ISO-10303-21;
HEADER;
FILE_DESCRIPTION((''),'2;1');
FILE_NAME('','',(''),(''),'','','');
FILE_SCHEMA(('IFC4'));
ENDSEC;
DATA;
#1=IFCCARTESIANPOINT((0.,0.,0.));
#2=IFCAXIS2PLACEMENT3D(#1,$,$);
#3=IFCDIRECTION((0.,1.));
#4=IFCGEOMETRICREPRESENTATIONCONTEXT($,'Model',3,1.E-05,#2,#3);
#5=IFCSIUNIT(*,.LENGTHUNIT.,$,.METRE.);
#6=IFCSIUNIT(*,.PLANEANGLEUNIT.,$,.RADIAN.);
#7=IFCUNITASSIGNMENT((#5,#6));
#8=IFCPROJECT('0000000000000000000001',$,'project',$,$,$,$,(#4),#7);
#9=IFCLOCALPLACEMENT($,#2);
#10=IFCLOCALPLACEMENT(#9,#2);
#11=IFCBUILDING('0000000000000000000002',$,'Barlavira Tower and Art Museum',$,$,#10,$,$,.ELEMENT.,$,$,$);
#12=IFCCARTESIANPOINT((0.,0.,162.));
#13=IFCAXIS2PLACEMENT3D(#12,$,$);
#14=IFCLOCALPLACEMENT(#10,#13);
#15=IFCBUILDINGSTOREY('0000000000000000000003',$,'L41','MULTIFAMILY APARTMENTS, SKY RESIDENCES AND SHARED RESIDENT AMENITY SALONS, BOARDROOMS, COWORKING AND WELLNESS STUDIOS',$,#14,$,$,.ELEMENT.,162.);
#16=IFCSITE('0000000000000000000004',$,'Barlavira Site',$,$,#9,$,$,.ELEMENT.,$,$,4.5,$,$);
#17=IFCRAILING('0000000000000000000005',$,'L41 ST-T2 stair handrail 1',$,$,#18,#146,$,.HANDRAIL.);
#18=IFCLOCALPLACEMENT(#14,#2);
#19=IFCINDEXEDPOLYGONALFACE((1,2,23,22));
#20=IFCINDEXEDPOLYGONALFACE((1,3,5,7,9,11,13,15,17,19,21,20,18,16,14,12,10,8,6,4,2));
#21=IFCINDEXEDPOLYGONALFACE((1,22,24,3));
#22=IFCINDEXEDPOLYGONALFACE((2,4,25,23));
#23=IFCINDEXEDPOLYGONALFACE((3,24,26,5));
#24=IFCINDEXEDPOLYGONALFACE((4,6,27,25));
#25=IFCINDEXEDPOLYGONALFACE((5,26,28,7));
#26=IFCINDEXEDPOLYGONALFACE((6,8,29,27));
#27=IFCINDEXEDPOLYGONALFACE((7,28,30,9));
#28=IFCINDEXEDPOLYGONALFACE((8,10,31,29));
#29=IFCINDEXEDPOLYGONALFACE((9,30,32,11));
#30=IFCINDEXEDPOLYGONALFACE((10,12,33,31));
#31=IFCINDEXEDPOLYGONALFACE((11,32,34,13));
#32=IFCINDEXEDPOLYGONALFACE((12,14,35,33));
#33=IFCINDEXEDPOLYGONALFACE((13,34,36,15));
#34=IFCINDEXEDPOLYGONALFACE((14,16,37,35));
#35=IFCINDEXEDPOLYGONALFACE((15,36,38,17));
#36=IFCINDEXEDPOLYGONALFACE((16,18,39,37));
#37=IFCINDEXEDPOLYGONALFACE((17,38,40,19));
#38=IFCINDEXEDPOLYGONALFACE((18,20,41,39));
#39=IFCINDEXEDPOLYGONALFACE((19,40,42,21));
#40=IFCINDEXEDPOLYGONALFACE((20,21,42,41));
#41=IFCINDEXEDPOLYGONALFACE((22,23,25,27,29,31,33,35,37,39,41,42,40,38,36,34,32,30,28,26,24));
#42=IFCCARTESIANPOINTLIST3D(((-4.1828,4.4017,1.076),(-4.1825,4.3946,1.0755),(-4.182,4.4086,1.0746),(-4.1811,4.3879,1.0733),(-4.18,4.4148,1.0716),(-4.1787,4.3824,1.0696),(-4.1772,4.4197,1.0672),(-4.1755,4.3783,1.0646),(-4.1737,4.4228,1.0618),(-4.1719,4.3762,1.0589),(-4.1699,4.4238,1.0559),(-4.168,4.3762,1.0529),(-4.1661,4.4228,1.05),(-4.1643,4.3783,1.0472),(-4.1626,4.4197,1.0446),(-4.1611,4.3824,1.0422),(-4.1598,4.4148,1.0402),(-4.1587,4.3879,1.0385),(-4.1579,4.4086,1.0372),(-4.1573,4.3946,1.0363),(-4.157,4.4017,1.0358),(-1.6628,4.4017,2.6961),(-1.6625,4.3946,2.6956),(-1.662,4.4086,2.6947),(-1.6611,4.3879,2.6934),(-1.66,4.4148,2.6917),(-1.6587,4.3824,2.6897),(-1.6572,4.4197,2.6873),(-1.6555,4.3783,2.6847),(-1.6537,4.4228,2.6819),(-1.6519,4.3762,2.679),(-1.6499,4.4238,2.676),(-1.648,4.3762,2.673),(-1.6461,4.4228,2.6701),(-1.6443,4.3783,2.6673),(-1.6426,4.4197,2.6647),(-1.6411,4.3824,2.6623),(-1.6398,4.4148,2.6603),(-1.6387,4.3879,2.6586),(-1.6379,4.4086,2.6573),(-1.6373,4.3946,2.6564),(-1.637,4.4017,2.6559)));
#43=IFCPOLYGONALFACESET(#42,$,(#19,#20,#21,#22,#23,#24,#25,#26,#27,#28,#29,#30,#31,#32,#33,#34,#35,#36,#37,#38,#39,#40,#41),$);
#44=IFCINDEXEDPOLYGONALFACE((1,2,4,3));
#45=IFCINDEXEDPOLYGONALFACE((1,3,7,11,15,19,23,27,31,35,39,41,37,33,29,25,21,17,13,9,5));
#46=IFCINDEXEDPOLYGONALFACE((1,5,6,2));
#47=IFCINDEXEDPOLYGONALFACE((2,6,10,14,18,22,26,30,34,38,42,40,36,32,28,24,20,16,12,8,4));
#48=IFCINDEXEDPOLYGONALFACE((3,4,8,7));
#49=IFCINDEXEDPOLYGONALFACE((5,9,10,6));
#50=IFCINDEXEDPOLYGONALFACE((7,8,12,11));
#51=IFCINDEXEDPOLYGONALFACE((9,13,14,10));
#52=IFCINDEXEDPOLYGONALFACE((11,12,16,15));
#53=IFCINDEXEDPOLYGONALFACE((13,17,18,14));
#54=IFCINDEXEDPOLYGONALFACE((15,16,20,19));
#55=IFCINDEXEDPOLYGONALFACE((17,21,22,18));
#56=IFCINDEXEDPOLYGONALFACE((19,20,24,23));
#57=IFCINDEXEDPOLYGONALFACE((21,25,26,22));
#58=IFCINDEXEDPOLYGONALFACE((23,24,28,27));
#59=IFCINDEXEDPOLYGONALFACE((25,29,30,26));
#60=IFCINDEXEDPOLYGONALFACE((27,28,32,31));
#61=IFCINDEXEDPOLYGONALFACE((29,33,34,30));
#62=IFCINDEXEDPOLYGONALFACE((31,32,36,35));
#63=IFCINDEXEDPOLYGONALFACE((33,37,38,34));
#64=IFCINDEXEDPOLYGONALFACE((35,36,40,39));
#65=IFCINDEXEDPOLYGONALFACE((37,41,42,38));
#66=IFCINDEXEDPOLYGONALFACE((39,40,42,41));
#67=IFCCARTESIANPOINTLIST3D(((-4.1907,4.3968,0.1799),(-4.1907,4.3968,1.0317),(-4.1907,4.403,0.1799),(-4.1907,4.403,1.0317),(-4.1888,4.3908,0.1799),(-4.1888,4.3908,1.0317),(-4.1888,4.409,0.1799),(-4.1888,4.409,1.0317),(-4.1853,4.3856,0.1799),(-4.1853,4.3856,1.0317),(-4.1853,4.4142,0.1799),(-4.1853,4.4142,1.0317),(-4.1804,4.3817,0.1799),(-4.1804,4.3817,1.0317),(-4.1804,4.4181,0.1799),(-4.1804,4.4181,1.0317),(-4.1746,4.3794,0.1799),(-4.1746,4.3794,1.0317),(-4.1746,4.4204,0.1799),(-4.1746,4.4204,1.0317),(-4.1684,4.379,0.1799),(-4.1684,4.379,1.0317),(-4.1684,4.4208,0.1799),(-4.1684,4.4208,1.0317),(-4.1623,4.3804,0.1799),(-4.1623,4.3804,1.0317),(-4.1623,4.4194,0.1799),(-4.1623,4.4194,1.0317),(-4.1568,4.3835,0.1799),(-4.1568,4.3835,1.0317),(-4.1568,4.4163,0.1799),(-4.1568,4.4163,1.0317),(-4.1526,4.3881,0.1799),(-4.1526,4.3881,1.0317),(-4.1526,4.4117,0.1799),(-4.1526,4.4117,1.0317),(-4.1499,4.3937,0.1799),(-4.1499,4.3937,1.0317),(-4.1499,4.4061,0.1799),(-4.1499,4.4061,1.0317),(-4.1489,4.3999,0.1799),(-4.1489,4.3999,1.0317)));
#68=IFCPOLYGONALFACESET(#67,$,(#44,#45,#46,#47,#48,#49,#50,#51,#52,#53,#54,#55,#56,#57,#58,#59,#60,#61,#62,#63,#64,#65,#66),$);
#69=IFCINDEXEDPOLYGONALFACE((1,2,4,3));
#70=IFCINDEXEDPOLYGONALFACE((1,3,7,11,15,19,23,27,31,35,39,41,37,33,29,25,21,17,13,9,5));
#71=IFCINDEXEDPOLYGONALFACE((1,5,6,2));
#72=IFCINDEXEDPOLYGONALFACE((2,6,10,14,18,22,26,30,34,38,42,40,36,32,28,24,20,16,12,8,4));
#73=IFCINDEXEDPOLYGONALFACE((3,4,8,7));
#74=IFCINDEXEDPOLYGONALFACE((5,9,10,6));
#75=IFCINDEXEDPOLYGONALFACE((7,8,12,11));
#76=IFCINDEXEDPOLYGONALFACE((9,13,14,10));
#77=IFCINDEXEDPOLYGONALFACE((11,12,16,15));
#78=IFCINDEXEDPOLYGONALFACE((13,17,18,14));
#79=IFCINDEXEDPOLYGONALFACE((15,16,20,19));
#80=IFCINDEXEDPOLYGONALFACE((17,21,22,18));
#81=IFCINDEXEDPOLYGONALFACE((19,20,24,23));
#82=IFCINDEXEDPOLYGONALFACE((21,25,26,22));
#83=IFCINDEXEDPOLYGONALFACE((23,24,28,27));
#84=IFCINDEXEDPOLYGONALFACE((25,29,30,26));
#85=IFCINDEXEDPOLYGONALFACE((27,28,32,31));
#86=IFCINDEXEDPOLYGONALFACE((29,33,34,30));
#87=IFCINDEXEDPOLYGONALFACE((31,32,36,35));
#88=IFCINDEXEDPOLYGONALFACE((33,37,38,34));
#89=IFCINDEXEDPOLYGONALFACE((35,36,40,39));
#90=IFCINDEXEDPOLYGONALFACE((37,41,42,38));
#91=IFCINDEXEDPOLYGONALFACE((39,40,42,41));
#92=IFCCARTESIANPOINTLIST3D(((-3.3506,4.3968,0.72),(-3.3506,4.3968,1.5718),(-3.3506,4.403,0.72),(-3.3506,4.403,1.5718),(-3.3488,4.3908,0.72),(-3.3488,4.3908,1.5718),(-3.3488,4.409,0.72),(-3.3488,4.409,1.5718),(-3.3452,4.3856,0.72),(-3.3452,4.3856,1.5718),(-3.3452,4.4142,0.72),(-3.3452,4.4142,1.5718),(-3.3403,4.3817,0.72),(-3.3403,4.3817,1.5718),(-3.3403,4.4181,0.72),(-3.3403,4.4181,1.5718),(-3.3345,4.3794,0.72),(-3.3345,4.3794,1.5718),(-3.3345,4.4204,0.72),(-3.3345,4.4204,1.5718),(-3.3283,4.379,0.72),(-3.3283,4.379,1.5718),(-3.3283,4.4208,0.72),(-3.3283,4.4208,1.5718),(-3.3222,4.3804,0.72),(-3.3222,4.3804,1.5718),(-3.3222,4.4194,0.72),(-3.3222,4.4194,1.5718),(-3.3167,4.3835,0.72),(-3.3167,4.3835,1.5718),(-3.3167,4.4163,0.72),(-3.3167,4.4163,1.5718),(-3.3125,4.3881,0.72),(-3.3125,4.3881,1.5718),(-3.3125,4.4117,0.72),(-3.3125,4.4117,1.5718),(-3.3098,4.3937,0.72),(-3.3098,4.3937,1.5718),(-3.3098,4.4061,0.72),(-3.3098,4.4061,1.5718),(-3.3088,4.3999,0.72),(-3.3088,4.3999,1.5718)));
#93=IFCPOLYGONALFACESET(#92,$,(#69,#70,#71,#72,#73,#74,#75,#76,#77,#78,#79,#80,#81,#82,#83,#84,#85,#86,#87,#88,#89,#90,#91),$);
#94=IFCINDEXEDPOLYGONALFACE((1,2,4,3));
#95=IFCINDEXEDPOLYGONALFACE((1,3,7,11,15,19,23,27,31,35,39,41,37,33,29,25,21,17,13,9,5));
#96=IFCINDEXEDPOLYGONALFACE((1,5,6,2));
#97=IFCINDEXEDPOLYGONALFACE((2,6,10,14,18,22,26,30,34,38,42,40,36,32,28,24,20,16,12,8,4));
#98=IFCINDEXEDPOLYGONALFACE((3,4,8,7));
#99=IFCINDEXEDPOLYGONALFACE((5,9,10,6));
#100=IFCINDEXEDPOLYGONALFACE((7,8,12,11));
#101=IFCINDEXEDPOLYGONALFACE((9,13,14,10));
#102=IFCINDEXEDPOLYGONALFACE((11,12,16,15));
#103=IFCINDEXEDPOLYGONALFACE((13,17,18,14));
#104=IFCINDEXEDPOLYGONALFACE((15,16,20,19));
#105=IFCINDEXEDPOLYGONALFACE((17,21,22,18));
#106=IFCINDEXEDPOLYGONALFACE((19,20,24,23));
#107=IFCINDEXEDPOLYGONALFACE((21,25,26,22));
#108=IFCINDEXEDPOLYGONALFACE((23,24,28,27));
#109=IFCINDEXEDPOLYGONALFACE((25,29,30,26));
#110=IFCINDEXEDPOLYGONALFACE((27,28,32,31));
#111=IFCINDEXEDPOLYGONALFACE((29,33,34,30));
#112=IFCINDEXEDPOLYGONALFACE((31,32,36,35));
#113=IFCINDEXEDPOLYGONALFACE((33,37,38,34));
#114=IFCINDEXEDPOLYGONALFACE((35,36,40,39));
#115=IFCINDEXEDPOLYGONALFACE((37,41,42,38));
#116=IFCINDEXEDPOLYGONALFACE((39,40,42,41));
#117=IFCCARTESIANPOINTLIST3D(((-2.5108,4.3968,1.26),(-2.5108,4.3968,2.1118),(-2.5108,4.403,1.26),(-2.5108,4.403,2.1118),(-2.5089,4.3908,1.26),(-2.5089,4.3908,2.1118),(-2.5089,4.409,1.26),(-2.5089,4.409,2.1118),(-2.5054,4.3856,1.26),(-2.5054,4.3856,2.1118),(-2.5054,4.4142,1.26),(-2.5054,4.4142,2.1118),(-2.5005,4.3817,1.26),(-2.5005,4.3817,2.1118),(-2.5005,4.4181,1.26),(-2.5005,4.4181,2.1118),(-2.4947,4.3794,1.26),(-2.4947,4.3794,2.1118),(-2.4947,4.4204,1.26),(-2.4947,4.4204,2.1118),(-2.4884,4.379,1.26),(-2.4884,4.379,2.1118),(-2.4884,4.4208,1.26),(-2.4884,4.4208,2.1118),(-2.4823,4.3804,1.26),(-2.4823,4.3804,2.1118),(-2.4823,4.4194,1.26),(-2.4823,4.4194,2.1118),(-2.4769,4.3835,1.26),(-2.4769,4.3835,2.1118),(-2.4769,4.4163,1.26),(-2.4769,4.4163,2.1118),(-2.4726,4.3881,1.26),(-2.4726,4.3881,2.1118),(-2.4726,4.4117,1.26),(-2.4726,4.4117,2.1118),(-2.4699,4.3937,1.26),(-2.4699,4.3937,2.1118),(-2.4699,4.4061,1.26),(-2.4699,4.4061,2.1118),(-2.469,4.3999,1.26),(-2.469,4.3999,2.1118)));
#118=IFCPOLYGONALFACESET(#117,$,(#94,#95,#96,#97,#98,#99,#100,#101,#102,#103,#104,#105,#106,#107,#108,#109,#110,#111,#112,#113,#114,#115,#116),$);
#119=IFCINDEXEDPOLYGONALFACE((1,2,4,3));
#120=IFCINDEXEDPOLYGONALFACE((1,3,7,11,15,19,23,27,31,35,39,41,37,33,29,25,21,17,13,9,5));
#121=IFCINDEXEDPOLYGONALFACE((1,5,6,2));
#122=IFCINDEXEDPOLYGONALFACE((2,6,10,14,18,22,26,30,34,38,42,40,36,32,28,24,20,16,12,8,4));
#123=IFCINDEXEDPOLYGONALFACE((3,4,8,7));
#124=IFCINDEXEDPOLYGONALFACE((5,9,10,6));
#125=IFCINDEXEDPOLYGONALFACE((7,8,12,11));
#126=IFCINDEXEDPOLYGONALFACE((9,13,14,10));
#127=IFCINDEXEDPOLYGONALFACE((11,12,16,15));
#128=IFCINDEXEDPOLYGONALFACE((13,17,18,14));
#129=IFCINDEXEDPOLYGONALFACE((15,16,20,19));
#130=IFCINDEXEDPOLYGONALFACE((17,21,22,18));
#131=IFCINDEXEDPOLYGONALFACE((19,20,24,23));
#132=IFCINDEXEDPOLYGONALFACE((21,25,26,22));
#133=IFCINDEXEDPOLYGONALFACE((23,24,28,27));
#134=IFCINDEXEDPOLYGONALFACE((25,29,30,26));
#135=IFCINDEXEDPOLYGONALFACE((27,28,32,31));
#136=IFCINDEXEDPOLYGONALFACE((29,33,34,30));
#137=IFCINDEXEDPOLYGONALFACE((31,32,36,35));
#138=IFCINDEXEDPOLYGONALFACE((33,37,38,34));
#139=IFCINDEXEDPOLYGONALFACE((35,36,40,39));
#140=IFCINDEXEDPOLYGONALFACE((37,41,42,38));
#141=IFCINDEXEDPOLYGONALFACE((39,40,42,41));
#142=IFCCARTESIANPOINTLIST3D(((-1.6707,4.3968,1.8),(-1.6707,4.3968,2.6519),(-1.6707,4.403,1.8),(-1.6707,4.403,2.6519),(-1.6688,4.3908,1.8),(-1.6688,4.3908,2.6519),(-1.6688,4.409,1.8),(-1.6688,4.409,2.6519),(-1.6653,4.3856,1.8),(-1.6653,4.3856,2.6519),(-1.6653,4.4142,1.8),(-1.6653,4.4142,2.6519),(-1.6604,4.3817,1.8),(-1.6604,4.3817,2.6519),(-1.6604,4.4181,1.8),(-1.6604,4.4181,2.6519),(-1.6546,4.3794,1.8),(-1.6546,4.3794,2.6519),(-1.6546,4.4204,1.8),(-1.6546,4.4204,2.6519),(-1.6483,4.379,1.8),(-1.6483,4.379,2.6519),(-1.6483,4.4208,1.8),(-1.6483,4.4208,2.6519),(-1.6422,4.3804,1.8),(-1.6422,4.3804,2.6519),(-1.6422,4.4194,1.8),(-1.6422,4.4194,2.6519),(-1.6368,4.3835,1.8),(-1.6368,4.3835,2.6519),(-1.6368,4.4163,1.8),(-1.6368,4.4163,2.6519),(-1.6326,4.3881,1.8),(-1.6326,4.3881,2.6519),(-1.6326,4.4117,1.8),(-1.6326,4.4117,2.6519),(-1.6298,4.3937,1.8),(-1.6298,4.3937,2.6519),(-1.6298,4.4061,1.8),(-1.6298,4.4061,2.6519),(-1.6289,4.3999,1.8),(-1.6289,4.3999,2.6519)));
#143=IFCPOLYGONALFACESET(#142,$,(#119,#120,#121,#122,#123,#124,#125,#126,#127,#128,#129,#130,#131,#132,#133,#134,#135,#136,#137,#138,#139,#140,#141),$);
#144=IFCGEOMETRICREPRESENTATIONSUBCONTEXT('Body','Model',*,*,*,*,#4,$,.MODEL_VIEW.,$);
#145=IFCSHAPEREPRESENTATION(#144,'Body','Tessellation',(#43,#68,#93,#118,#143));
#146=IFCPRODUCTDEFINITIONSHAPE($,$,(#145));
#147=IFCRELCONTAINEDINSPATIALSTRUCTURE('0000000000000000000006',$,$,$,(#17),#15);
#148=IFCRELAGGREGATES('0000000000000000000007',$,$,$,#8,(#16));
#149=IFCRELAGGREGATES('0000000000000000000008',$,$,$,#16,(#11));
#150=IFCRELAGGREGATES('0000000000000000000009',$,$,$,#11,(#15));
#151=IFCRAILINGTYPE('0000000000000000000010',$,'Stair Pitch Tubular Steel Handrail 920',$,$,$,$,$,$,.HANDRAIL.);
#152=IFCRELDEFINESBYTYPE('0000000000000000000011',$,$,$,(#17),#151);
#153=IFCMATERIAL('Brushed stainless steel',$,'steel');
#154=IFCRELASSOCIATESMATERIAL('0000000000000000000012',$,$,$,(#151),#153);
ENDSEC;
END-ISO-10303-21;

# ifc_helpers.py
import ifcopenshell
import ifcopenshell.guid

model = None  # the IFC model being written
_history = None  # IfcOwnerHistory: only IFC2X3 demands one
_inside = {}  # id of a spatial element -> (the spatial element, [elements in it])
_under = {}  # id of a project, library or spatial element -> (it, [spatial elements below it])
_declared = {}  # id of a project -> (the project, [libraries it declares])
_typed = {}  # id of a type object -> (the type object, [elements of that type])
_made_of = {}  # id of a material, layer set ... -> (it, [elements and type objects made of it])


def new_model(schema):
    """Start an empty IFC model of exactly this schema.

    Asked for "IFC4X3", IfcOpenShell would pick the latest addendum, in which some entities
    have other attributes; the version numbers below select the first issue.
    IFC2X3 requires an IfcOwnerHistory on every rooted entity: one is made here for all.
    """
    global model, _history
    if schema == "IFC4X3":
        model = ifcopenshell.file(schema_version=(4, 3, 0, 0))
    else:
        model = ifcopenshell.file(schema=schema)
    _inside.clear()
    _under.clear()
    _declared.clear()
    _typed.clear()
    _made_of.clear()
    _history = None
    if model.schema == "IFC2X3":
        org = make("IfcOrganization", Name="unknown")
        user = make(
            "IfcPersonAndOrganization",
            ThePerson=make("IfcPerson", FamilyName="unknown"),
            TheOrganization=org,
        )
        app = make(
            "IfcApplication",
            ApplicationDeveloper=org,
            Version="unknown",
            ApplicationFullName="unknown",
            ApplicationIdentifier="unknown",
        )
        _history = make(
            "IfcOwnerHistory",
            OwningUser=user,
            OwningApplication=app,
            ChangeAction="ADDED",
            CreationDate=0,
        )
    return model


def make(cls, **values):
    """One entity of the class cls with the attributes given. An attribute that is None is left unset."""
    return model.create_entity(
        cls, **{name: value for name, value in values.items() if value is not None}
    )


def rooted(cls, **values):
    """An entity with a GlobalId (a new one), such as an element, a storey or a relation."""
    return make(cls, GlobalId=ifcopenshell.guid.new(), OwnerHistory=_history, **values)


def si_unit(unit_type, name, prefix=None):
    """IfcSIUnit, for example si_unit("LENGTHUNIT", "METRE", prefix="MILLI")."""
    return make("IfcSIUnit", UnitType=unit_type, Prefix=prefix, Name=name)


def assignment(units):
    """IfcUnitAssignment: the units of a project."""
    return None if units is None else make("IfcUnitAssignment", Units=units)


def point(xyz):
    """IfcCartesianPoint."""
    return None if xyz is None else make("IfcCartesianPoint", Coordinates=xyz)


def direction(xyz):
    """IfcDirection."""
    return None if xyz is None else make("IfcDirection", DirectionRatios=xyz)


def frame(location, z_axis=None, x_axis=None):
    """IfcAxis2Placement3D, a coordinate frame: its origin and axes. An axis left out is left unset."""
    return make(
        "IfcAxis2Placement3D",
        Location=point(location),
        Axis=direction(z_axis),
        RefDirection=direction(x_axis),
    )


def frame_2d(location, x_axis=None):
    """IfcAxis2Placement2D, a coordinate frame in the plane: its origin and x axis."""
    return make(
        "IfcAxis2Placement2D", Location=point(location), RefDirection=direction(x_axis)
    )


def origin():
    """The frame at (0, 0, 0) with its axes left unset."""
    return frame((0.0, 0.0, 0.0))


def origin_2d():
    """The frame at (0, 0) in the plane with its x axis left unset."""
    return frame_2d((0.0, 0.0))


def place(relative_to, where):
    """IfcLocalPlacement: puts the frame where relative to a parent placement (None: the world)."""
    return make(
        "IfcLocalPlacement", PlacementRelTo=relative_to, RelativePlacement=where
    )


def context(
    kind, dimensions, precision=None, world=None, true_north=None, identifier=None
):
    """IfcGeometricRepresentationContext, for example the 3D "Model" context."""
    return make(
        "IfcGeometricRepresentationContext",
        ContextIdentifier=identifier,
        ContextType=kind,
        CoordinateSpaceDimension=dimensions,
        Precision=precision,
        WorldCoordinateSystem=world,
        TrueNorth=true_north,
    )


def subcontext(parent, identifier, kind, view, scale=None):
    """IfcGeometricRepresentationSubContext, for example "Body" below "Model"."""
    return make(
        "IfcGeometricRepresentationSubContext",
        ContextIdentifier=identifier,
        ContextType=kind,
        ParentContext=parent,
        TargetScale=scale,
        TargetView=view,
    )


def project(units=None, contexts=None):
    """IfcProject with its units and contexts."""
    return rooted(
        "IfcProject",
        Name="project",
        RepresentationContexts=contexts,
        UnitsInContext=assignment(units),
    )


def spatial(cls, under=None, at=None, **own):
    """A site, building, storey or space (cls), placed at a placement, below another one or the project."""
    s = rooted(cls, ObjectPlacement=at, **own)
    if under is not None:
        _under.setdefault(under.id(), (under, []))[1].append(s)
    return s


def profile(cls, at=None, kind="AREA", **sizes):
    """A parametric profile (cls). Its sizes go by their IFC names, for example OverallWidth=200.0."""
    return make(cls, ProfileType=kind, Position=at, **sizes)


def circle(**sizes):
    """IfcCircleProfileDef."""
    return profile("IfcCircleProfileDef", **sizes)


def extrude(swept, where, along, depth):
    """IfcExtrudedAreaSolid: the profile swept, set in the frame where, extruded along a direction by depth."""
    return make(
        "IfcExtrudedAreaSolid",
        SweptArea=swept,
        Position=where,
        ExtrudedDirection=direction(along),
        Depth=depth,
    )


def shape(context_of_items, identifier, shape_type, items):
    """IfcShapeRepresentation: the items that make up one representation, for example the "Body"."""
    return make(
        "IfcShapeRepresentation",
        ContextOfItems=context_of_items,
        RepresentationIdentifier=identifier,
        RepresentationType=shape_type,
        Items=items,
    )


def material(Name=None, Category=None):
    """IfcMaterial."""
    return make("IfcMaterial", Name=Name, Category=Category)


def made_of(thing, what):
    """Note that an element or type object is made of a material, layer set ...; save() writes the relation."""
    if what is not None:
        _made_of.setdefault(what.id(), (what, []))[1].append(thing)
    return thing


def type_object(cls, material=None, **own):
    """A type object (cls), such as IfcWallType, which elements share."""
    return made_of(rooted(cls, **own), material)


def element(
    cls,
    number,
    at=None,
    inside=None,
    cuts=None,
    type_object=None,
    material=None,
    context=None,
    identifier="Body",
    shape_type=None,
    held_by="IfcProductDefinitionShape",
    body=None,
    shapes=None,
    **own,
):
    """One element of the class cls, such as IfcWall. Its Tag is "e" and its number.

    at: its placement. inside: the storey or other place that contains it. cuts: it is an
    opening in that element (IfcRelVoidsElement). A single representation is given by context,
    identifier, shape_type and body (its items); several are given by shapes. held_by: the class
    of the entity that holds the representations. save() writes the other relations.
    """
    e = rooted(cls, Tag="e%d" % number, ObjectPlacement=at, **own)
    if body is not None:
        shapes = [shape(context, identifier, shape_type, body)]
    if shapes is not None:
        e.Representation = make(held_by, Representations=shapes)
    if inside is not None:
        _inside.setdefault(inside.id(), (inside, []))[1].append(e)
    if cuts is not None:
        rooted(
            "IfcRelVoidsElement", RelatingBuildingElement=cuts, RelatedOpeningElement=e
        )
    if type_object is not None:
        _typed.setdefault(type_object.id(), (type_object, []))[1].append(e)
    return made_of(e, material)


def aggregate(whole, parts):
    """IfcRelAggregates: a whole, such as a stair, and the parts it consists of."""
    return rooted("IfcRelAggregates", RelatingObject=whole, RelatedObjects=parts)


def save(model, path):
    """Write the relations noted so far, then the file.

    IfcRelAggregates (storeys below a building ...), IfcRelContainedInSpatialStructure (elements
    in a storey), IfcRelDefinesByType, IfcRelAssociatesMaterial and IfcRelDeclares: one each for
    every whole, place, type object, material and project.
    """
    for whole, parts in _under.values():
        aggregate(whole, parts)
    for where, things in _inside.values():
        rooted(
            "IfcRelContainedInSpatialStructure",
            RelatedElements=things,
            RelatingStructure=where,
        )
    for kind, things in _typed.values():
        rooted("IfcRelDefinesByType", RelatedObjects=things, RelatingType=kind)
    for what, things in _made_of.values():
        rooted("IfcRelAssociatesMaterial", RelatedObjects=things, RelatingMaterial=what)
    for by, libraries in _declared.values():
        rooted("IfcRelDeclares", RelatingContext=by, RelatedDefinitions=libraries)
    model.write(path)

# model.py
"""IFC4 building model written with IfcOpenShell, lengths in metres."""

from ifc_helpers import new_model, si_unit, direction, frame, origin, origin_2d, place, context, subcontext, project, spatial, circle, extrude, material, type_object, element, save


model = new_model("IFC4")

# Units and contexts
model_context = context("Model", 3, precision=1e-05, world=origin(), true_north=direction((0.0, 1.0)))
body_context = subcontext(model_context, "Body", "Model", "MODEL_VIEW")
ifc_project = project(units=[si_unit("LENGTHUNIT", "METRE"), si_unit("PLANEANGLEUNIT", "RADIAN")], contexts=[model_context])

# Site, building, storey
site_placement = place(None, origin())
site = spatial("IfcSite", under=ifc_project, at=site_placement, Name="Barlavira Site", CompositionType="ELEMENT", RefElevation=4.5)
building_placement = place(site_placement, origin())
building = spatial("IfcBuilding", under=site, at=building_placement, Name="Barlavira Tower and Art Museum", CompositionType="ELEMENT")
storey_placement = place(building_placement, frame((0.0, 0.0, 162.0)))
storey = spatial("IfcBuildingStorey", under=building, at=storey_placement, Name="L41", Description="MULTIFAMILY APARTMENTS, SKY RESIDENCES AND SHARED RESIDENT AMENITY SALONS, BOARDROOMS, COWORKING AND WELLNESS STUDIOS", CompositionType="ELEMENT", Elevation=162.0)

# Shared definitions
ifc_material_1 = material(Name="Brushed stainless steel", Category="steel")

# Railing
railing_type_1 = type_object("IfcRailingType", Name="Stair Pitch Tubular Steel Handrail 920", PredefinedType="HANDRAIL", material=ifc_material_1)
railing_1_placement = place(storey_placement, frame((-4.1699, 4.3999, 0.1799)))
element("IfcRailing", 1, at=railing_1_placement, inside=storey, type_object=railing_type_1, Name="L41 ST-T2 stair handrail 1", PredefinedType="HANDRAIL", context=body_context, shape_type="SweptSolid", body=[
    extrude(circle(Radius=0.0239, at=origin_2d()), frame((0.0, 0.0, 0.876), z_axis=(0.841163, 0.0, 0.540782), x_axis=(0.0, 1.0, 0.0)), (0.0, 0.0, 1.0), 2.9958),
    extrude(circle(Radius=0.021, at=origin_2d()), origin(), (0.0, 0.0, 1.0), 0.8518),
    extrude(circle(Radius=0.021, at=origin_2d()), frame((0.8401, 0.0, 0.54)), (0.0, 0.0, 1.0), 0.8518),
    extrude(circle(Radius=0.021, at=origin_2d()), frame((1.6799, 0.0, 1.0801)), (0.0, 0.0, 1.0), 0.8518),
    extrude(circle(Radius=0.021, at=origin_2d()), frame((2.52, 0.0, 1.6201)), (0.0, 0.0, 1.0), 0.8518),
])

save(model, "model.ifc")
